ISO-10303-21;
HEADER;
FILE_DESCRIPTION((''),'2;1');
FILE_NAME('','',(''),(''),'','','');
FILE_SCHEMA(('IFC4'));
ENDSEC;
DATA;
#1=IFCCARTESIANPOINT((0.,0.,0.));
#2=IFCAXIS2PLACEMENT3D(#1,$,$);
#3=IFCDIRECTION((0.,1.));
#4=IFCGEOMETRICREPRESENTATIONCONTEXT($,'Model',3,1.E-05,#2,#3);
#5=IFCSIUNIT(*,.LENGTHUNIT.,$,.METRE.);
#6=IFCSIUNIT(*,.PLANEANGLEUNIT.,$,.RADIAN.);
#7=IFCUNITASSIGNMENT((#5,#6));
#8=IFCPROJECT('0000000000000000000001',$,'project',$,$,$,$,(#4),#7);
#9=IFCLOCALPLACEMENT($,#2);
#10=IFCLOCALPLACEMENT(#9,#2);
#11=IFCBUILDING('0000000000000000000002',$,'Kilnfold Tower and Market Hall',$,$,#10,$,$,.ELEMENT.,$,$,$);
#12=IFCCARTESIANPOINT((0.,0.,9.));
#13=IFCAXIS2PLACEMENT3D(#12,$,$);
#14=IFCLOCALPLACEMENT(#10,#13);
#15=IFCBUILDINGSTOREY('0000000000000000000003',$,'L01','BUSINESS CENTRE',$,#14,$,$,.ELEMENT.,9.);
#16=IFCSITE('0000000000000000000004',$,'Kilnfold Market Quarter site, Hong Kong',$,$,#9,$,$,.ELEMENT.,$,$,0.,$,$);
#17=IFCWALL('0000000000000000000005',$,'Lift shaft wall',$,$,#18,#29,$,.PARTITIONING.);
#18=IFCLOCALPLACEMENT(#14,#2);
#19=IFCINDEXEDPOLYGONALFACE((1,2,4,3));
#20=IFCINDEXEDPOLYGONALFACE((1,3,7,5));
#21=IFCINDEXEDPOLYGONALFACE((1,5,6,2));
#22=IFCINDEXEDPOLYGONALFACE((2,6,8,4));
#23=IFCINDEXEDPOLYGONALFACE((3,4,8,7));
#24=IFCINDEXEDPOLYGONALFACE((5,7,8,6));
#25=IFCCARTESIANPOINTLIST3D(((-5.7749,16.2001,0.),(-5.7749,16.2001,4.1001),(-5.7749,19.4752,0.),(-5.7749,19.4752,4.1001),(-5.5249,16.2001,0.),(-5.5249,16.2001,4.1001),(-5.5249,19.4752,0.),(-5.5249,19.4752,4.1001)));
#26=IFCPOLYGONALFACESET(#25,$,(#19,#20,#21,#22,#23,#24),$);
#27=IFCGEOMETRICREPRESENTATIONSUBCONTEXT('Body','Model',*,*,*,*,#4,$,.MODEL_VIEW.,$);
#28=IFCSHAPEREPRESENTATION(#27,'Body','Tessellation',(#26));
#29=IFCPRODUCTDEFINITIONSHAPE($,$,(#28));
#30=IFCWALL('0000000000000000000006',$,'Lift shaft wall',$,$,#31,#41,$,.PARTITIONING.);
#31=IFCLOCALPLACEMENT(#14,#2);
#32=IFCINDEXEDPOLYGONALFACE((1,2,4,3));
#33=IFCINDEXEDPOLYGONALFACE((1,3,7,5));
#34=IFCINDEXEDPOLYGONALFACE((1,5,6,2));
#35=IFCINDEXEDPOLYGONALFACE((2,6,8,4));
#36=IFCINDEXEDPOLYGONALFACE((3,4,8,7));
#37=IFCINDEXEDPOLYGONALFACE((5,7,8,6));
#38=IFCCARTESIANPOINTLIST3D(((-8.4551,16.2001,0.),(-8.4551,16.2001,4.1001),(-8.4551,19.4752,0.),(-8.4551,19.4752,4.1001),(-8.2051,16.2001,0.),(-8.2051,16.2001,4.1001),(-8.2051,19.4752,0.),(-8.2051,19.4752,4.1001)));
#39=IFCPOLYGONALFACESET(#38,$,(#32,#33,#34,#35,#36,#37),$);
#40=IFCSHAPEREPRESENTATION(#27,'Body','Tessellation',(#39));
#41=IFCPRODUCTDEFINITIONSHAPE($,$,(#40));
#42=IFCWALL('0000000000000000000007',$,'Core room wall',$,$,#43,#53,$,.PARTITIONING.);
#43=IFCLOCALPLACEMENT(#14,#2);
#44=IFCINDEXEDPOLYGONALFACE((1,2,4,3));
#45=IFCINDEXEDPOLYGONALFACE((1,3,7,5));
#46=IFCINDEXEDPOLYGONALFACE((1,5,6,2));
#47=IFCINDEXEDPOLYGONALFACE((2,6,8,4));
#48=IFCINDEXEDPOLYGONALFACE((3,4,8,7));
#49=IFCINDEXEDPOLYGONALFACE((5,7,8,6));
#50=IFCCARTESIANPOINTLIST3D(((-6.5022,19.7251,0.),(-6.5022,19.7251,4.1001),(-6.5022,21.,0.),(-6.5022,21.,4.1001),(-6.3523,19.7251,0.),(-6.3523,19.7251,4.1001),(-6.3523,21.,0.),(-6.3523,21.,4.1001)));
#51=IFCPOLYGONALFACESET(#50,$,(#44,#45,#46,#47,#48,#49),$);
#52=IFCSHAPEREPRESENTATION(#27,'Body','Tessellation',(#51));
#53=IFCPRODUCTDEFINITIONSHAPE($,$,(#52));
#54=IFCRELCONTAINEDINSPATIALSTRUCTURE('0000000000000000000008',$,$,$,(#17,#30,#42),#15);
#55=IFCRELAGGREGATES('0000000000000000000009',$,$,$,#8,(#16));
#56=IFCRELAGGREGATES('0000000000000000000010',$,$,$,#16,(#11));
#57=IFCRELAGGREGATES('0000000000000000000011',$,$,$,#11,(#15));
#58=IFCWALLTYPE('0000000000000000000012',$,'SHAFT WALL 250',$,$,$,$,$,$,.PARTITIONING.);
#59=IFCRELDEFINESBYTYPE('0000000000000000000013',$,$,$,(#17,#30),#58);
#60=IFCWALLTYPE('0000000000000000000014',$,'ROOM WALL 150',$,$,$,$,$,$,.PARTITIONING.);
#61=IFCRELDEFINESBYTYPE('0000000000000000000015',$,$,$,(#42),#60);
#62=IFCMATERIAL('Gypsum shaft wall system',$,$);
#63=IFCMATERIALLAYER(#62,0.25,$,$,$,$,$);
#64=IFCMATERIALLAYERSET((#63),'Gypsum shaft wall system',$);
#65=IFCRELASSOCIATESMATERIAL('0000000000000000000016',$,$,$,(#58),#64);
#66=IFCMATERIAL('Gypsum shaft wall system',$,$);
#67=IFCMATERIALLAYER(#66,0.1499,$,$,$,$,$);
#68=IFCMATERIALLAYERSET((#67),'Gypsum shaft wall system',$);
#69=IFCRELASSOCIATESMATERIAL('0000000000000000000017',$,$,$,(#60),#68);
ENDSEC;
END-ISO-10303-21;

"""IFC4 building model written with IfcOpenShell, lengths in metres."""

from ifc_helpers import new_model, si_unit, direction, frame, frame_2d, origin, place, context, subcontext, project, spatial, rectangle, extrude, source, transform, mapped, material, layer, layer_set, type_object, element, save


model = new_model("IFC4")

# Units and contexts
model_context = context("Model", 3, precision=1e-05, world=origin(), true_north=direction((0.0, 1.0)))
body_context = subcontext(model_context, "Body", "Model", "MODEL_VIEW")
ifc_project = project(units=[si_unit("LENGTHUNIT", "METRE"), si_unit("PLANEANGLEUNIT", "RADIAN")], contexts=[model_context])

# Site, building, storey
site_placement = place(None, origin())
site = spatial("IfcSite", under=ifc_project, at=site_placement, Name="Kilnfold Market Quarter site, Hong Kong", CompositionType="ELEMENT", RefElevation=0.0)
building_placement = place(site_placement, origin())
building = spatial("IfcBuilding", under=site, at=building_placement, Name="Kilnfold Tower and Market Hall", CompositionType="ELEMENT")
storey_placement = place(building_placement, frame((0.0, 0.0, 9.0)))
storey = spatial("IfcBuildingStorey", under=building, at=storey_placement, Name="L01", Description="BUSINESS CENTRE", CompositionType="ELEMENT", Elevation=9.0)

# Shared definitions
ifc_material_1 = material(Name="Gypsum shaft wall system")
ifc_layer_1 = layer(ifc_material_1, 0.25)
ifc_layer_set_1 = layer_set([ifc_layer_1], Name="Gypsum shaft wall system")
wall_type_1 = type_object("IfcWallType", Name="SHAFT WALL 250", PredefinedType="PARTITIONING", material=ifc_layer_set_1)

# Walls
shared_shape_1 = source(origin(), body_context, "Body", "SweptSolid", [
    extrude(rectangle(XDim=3.2751, YDim=0.25, at=frame_2d((1.6377, 0.0))), origin(), (0.0, 0.0, 1.0), 4.1001),
])
for number, where, z_axis, x_axis, name in (
    (1, (-5.6499, 16.2, 0.0), (0.0, 0.0, 1.0), (0.0, 1.0, 0.0), "Lift shaft wall"),
    (2, (-8.3301, 16.2, 0.0), (0.0, 0.0, 1.0), (0.0, 1.0, 0.0), "Lift shaft wall"),
):
    element("IfcWall", number, at=place(storey_placement, frame(where, z_axis=z_axis, x_axis=x_axis)), inside=storey, type_object=wall_type_1, Name=name, PredefinedType="PARTITIONING", context=body_context, shape_type="MappedRepresentation", body=[
        mapped(shared_shape_1, transform((0.0, 0.0, 0.0))),
    ])
ifc_material_2 = material(Name="Gypsum shaft wall system")
ifc_layer_2 = layer(ifc_material_2, 0.1499)
ifc_layer_set_2 = layer_set([ifc_layer_2], Name="Gypsum shaft wall system")
wall_type_2 = type_object("IfcWallType", Name="ROOM WALL 150", PredefinedType="PARTITIONING", material=ifc_layer_set_2)
shared_shape_2 = source(origin(), body_context, "Body", "SweptSolid", [
    extrude(rectangle(XDim=1.2749, YDim=0.1499, at=frame_2d((0.6375, 0.0))), origin(), (0.0, 0.0, 1.0), 4.1001),
])
wall_1_placement = place(storey_placement, frame((-6.4272, 19.7251, 0.0), z_axis=(0.0, 0.0, 1.0), x_axis=(0.0, 1.0, 0.0)))
element("IfcWall", 3, at=wall_1_placement, inside=storey, type_object=wall_type_2, Name="Core room wall", PredefinedType="PARTITIONING", context=body_context, shape_type="MappedRepresentation", body=[
    mapped(shared_shape_2, transform((0.0, 0.0, 0.0))),
])

save(model, "model.ifc")
